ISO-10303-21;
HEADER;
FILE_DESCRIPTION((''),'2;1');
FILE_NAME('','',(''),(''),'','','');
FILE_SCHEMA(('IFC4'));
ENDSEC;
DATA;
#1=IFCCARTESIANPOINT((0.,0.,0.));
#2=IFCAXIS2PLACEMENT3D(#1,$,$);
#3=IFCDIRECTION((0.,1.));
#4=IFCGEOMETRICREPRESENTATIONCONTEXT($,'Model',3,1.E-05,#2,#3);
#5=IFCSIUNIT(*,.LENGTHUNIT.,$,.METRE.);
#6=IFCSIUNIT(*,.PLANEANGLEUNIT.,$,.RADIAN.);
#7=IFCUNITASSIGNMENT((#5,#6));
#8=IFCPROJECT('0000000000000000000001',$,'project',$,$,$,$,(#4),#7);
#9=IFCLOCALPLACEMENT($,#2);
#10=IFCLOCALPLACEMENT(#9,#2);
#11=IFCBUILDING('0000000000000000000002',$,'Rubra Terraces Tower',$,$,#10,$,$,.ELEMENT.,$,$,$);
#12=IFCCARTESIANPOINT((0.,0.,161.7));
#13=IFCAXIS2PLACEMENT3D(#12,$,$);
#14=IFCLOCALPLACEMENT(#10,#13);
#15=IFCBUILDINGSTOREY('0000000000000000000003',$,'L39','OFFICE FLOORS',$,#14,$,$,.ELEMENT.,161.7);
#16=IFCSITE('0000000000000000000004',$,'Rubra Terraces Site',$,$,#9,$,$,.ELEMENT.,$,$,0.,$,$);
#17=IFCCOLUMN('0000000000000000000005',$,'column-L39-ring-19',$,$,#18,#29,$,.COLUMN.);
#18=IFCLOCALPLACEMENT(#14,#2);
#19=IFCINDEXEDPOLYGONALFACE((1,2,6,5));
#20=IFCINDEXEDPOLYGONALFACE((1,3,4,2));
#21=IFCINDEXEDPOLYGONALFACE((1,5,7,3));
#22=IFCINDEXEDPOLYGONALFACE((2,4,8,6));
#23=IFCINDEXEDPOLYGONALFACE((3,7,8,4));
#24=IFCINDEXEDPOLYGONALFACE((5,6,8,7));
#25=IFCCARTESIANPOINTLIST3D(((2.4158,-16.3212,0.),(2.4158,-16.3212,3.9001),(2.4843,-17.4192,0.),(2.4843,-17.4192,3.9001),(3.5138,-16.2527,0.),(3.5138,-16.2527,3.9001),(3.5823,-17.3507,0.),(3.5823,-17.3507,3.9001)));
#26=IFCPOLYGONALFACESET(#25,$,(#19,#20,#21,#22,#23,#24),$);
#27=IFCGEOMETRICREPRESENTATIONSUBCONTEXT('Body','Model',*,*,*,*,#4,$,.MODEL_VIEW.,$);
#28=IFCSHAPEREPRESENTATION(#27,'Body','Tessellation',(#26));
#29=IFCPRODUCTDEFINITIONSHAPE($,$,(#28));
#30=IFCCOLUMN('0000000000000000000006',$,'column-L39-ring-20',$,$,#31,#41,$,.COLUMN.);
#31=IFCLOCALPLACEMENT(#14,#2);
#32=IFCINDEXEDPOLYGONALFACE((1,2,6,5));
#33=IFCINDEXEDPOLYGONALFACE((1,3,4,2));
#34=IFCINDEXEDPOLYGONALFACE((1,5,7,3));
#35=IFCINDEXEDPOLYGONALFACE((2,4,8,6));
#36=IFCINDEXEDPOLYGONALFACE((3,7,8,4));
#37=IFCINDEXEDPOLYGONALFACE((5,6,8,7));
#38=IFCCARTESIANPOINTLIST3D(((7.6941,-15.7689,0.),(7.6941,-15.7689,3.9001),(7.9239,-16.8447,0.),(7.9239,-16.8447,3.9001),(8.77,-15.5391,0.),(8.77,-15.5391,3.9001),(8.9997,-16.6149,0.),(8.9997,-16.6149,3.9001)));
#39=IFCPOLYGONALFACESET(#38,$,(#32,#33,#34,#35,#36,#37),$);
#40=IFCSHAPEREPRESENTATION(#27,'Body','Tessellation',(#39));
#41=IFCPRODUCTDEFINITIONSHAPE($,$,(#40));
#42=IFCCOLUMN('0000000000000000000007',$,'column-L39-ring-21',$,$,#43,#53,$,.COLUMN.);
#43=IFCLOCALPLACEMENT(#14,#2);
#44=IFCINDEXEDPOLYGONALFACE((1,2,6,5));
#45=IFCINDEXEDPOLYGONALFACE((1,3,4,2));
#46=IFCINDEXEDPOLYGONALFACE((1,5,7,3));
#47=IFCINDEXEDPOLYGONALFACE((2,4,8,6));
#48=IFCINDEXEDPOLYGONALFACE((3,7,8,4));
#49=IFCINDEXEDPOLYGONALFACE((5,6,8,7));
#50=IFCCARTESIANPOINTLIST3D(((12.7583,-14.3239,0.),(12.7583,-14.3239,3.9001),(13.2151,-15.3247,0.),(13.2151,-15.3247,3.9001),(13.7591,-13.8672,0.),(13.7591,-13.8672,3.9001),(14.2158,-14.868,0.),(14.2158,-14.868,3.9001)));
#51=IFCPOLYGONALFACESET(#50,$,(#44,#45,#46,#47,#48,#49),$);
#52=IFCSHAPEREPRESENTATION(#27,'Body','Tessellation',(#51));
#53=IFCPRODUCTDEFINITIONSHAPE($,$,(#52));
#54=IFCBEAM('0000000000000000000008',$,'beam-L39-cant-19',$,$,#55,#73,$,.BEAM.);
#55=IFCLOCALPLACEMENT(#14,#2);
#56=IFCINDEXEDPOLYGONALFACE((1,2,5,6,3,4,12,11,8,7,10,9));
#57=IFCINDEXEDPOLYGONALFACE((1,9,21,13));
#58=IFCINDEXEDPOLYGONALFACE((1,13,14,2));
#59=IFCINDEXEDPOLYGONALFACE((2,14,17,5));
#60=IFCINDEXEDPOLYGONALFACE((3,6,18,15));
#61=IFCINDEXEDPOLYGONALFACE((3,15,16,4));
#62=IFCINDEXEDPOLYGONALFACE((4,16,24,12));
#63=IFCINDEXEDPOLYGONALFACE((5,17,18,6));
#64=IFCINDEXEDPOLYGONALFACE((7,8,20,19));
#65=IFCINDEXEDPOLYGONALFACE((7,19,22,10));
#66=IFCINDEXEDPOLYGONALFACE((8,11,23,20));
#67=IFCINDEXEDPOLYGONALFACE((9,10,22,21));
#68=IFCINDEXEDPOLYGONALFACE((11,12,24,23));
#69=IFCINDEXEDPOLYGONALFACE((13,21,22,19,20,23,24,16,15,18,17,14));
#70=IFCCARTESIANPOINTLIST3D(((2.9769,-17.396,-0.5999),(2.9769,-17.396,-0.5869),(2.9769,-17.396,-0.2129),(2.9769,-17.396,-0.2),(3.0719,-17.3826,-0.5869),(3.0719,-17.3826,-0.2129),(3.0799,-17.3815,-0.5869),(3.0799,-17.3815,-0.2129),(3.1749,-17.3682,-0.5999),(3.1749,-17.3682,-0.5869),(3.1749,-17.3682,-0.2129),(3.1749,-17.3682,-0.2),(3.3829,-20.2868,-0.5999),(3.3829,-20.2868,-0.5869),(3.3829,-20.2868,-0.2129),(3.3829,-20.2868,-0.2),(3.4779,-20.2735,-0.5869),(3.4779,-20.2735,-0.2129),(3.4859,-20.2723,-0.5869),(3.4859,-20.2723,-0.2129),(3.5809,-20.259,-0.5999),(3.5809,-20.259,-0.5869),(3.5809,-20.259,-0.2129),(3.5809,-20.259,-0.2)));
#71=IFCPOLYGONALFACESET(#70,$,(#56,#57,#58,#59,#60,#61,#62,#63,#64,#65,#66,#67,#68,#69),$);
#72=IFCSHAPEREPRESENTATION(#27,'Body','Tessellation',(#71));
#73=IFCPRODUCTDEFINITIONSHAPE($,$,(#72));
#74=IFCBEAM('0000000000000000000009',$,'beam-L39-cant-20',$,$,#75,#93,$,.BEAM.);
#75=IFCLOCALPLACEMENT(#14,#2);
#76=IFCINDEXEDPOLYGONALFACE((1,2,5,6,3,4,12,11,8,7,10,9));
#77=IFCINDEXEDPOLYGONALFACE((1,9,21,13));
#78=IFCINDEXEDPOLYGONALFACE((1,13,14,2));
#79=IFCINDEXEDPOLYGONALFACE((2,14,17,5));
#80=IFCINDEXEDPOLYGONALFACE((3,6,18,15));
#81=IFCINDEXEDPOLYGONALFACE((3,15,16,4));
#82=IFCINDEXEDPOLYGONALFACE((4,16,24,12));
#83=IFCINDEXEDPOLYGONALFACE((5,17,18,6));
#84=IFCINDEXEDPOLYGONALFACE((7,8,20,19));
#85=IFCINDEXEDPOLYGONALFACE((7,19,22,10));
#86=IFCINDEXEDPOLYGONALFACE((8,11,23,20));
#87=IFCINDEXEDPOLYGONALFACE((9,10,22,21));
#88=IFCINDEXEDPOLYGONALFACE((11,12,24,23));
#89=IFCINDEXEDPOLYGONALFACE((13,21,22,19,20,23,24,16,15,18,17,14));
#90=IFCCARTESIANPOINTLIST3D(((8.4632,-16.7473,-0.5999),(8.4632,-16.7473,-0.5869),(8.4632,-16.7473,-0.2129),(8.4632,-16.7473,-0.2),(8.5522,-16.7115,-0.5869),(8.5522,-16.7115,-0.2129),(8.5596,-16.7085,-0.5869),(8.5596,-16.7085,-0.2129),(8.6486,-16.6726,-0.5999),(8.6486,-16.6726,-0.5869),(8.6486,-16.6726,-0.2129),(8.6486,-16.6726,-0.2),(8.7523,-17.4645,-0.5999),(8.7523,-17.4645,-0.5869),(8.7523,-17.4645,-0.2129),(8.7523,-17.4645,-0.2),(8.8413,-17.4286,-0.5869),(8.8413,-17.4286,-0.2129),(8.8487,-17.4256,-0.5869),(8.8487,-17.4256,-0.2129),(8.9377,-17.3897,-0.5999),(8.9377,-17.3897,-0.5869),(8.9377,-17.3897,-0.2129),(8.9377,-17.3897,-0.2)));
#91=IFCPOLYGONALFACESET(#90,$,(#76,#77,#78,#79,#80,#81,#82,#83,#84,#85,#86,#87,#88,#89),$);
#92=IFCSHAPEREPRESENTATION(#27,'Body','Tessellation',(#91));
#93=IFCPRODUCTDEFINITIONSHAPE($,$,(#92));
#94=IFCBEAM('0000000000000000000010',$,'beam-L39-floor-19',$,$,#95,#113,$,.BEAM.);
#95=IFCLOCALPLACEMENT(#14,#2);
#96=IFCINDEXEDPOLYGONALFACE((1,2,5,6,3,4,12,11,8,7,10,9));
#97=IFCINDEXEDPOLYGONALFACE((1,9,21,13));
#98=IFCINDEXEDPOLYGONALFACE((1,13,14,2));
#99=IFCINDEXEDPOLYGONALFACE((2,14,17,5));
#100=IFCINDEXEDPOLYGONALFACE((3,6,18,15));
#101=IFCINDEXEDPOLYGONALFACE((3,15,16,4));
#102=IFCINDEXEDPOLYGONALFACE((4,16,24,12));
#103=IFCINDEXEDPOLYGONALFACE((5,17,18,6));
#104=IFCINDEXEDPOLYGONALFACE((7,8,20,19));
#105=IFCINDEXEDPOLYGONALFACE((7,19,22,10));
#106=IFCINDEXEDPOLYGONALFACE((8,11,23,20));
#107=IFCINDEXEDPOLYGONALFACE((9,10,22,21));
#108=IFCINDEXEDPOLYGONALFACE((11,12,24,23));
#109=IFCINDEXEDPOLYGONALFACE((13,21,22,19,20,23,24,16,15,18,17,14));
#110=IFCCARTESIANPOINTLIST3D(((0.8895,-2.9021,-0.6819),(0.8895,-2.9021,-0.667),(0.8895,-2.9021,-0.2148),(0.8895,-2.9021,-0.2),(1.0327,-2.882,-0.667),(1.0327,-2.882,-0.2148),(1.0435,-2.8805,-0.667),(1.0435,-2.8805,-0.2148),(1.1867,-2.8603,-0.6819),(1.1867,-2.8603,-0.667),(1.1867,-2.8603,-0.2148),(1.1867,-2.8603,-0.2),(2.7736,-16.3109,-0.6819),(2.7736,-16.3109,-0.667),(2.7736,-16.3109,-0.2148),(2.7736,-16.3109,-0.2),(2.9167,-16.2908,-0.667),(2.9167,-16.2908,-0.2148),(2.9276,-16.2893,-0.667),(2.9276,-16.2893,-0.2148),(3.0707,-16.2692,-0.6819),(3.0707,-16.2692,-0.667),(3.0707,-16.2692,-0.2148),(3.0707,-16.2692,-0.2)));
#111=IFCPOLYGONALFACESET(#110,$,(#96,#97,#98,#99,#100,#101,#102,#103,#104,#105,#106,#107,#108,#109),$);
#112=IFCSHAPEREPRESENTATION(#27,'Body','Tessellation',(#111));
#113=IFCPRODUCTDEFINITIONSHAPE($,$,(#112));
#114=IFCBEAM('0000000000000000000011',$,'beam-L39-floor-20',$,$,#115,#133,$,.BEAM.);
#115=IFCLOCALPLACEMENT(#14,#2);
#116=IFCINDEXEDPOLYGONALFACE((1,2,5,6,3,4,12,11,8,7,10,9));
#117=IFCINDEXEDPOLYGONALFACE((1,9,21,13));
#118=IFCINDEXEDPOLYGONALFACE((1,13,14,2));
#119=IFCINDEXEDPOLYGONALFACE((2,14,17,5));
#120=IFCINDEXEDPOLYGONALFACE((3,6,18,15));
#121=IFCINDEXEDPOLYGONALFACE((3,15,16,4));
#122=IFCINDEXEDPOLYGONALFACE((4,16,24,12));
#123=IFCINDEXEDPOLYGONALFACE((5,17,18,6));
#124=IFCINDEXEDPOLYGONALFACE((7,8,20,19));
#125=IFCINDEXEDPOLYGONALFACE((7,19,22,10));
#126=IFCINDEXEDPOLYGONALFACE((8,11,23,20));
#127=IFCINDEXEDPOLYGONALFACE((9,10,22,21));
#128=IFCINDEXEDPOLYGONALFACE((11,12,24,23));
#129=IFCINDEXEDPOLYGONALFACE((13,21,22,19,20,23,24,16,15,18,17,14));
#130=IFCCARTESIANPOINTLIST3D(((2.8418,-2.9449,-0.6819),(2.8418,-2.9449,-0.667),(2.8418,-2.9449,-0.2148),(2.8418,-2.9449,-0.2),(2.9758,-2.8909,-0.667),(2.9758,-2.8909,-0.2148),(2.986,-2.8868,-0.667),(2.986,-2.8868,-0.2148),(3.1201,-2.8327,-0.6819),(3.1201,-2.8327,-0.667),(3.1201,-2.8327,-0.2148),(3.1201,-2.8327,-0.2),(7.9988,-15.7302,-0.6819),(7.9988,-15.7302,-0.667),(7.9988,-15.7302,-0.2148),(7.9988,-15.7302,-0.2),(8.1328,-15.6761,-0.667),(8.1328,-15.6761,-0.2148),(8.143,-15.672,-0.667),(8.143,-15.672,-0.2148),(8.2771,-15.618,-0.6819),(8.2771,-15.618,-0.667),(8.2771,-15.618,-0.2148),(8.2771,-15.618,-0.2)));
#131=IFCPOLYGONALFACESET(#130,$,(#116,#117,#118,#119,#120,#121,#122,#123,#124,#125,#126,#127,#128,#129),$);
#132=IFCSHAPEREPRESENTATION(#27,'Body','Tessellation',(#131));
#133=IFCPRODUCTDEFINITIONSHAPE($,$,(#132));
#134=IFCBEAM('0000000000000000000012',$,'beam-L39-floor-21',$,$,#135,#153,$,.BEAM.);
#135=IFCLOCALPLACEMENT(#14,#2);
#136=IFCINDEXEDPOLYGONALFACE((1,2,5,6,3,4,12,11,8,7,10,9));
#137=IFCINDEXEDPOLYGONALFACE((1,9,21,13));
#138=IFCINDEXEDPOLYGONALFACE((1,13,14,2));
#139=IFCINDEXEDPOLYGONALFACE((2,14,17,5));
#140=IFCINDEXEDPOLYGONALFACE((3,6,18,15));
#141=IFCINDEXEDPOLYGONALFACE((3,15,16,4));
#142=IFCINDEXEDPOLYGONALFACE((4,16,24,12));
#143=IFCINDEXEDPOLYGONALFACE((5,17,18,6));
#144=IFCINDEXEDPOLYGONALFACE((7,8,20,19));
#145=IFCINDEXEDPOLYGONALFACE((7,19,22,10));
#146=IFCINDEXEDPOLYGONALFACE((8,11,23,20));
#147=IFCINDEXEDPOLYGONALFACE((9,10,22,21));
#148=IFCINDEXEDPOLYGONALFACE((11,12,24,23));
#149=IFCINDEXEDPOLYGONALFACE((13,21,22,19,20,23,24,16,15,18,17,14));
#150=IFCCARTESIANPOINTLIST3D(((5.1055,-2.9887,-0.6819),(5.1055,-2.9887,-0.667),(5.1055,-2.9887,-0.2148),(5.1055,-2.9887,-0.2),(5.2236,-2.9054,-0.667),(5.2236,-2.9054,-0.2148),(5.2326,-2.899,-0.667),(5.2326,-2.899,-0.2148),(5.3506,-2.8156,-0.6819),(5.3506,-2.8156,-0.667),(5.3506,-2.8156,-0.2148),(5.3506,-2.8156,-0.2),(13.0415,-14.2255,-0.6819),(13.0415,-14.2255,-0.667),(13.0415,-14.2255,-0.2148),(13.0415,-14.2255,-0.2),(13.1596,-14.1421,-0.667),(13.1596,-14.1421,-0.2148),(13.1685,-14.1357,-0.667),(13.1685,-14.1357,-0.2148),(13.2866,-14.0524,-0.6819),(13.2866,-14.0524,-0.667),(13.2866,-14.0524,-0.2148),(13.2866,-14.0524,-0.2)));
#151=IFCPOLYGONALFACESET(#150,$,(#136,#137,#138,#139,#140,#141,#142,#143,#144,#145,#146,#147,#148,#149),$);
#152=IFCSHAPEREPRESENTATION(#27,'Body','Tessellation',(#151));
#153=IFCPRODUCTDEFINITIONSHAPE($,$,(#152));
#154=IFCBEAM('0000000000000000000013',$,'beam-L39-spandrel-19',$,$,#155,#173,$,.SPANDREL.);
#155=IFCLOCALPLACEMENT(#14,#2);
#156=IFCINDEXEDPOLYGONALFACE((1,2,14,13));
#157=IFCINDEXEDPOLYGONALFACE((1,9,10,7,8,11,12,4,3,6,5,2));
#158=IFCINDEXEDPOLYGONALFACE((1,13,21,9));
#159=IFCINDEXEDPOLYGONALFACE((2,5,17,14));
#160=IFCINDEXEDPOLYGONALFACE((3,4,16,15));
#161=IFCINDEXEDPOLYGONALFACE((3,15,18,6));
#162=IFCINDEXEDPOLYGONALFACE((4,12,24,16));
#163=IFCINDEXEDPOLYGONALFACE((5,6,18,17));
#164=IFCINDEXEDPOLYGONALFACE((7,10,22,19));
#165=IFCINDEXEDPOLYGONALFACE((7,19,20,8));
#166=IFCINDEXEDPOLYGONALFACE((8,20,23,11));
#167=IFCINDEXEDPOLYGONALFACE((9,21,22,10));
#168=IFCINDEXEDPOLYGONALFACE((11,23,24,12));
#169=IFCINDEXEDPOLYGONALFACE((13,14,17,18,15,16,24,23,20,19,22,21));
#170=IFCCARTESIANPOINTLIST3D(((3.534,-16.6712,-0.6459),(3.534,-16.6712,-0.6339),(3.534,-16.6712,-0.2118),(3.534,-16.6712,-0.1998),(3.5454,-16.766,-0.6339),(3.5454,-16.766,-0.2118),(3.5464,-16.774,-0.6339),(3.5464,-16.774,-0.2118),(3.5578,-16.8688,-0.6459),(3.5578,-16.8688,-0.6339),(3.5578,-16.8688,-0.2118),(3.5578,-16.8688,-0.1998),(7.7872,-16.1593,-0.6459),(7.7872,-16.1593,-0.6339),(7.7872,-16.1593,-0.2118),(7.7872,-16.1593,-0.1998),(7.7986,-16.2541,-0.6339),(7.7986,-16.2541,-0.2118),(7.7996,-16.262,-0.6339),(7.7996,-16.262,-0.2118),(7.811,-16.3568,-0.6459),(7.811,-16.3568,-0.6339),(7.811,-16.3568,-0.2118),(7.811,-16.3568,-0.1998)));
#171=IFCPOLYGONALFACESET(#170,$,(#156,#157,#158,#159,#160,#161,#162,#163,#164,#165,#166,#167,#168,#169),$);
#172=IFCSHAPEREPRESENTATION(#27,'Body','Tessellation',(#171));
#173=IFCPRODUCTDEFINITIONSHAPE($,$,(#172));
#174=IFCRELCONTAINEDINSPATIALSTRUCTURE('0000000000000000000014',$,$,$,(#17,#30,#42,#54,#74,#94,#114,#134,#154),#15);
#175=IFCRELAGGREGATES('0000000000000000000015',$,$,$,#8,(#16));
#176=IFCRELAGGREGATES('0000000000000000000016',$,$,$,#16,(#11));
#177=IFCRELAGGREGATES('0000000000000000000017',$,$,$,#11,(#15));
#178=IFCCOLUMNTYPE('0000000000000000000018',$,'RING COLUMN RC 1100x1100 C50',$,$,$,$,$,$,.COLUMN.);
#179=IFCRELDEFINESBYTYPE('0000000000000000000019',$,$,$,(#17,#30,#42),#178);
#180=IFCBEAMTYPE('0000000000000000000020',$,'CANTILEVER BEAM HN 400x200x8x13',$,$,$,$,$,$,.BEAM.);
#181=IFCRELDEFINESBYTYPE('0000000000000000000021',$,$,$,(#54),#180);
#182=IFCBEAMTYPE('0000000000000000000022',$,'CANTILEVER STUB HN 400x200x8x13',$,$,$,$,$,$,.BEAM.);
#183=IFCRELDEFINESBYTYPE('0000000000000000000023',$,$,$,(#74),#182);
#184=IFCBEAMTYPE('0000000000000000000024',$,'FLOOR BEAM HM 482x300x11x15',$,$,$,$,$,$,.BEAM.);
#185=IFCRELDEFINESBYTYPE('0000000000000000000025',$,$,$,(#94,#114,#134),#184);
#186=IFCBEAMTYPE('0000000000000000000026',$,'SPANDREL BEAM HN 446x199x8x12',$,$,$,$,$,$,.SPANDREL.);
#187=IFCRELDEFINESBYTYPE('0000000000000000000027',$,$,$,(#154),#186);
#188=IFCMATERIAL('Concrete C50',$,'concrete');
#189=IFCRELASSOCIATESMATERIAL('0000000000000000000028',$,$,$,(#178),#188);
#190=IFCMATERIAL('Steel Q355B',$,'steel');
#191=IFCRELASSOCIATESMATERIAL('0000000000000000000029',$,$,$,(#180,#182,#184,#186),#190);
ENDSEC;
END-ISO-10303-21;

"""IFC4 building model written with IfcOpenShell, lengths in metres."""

from ifc_helpers import new_model, si_unit, direction, frame, origin, origin_2d, place, context, subcontext, project, spatial, rectangle, i_section, extrude, material, material_profile, profile_set, type_object, element, save


model = new_model("IFC4")

# Units and contexts
model_context = context("Model", 3, precision=1e-05, world=origin(), true_north=direction((0.0, 1.0)))
body_context = subcontext(model_context, "Body", "Model", "MODEL_VIEW")
ifc_project = project(units=[si_unit("LENGTHUNIT", "METRE"), si_unit("PLANEANGLEUNIT", "RADIAN")], contexts=[model_context])

# Site, building, storey
site_placement = place(None, origin())
site = spatial("IfcSite", under=ifc_project, at=site_placement, Name="Rubra Terraces Site", CompositionType="ELEMENT", RefElevation=0.0)
building_placement = place(site_placement, origin())
building = spatial("IfcBuilding", under=site, at=building_placement, Name="Rubra Terraces Tower", CompositionType="ELEMENT")
storey_placement = place(building_placement, frame((0.0, 0.0, 161.7)))
storey = spatial("IfcBuildingStorey", under=building, at=storey_placement, Name="L39", Description="OFFICE FLOORS", CompositionType="ELEMENT", Elevation=161.7)

# Columns
ifc_material_1 = material(Name="Concrete C50", Category="concrete")
ifc_material_profile_1 = material_profile(ifc_material_1, rectangle(XDim=1.1001, YDim=1.1001, at=origin_2d()), Name="RC 1100x1100")
ifc_profile_set_1 = profile_set([ifc_material_profile_1], Name="Concrete C50")
column_type = type_object("IfcColumnType", Name="RING COLUMN RC 1100x1100 C50", PredefinedType="COLUMN", material=ifc_profile_set_1)
for number, where, z_axis, x_axis, name in (
    (1, (2.999, -16.8359, 0.0), (0.0, 0.0, 1.0), (0.998059, 0.062268, 0.0), "column-L39-ring-19"),
    (2, (8.3469, -16.1919, 0.0), (0.0, 0.0, 1.0), (0.977944, 0.208867, 0.0), "column-L39-ring-20"),
    (3, (13.4871, -14.5959, 0.0), (0.0, 0.0, 1.0), (0.909726, 0.415208, 0.0), "column-L39-ring-21"),
):
    element("IfcColumn", number, at=place(storey_placement, frame(where, z_axis=z_axis, x_axis=x_axis)), inside=storey, type_object=column_type, Name=name, PredefinedType="COLUMN", context=body_context, shape_type="SweptSolid", body=[
        extrude(rectangle(XDim=1.1001, YDim=1.1001, at=origin_2d()), origin(), (0.0, 0.0, 1.0), 3.9001),
    ])

# Beams
ifc_material_2 = material(Name="Steel Q355B", Category="steel")
ifc_material_profile_2 = material_profile(ifc_material_2, i_section(OverallWidth=0.2, OverallDepth=0.3999, WebThickness=0.0081, FlangeThickness=0.0129, at=origin_2d()), Name="HN 400x200x8x13")
ifc_profile_set_2 = profile_set([ifc_material_profile_2], Name="Steel Q355B")
beam_type_1 = type_object("IfcBeamType", Name="CANTILEVER BEAM HN 400x200x8x13", PredefinedType="BEAM", material=ifc_profile_set_2)
beam_1_placement = place(storey_placement, frame((3.0759, -17.3821, -0.3999), z_axis=(0.139079, -0.990281, 0.0), x_axis=(0.990281, 0.139079, 0.0)))
element("IfcBeam", 4, at=beam_1_placement, inside=storey, type_object=beam_type_1, Name="beam-L39-cant-19", PredefinedType="BEAM", context=body_context, shape_type="SweptSolid", body=[
    extrude(i_section(OverallWidth=0.2, OverallDepth=0.3999, WebThickness=0.0081, FlangeThickness=0.0129, at=origin_2d()), origin(), (0.0, 0.0, 1.0), 2.9192),
])
ifc_material_profile_3 = material_profile(ifc_material_2, i_section(OverallWidth=0.2, OverallDepth=0.3999, WebThickness=0.0081, FlangeThickness=0.0129, at=origin_2d()), Name="HN 400x200x8x13")
ifc_profile_set_3 = profile_set([ifc_material_profile_3], Name="Steel Q355B")
beam_type_2 = type_object("IfcBeamType", Name="CANTILEVER STUB HN 400x200x8x13", PredefinedType="BEAM", material=ifc_profile_set_3)
beam_2_placement = place(storey_placement, frame((8.5559, -16.71, -0.3999), z_axis=(0.373894, -0.927472, 0.0), x_axis=(0.927472, 0.373894, 0.0)))
element("IfcBeam", 5, at=beam_2_placement, inside=storey, type_object=beam_type_2, Name="beam-L39-cant-20", PredefinedType="BEAM", context=body_context, shape_type="SweptSolid", body=[
    extrude(i_section(OverallWidth=0.2, OverallDepth=0.3999, WebThickness=0.0081, FlangeThickness=0.0129, at=origin_2d()), origin(), (0.0, 0.0, 1.0), 0.7732),
])
ifc_material_profile_4 = material_profile(ifc_material_2, i_section(OverallWidth=0.3, OverallDepth=0.4819, WebThickness=0.011, FlangeThickness=0.0149, at=origin_2d()), Name="HM 482x300x11x15")
ifc_profile_set_4 = profile_set([ifc_material_profile_4], Name="Steel Q355B")
beam_type_3 = type_object("IfcBeamType", Name="FLOOR BEAM HM 482x300x11x15", PredefinedType="BEAM", material=ifc_profile_set_4)
beam_3_placement = place(storey_placement, frame((2.9221, -16.29, -0.4409), z_axis=(-0.139139, 0.990273, 0.0), x_axis=(-0.990273, -0.139139, 0.0)))
element("IfcBeam", 6, at=beam_3_placement, inside=storey, type_object=beam_type_3, Name="beam-L39-floor-19", PredefinedType="BEAM", context=body_context, shape_type="SweptSolid", body=[
    extrude(i_section(OverallWidth=0.3, OverallDepth=0.4819, WebThickness=0.011, FlangeThickness=0.0149, at=origin_2d()), origin(), (0.0, 0.0, 1.0), 13.5405),
])
beam_4_placement = place(storey_placement, frame((8.1379, -15.6741, -0.4409), z_axis=(-0.374073, 0.927399, 0.0), x_axis=(-0.927399, -0.374073, 0.0)))
element("IfcBeam", 7, at=beam_4_placement, inside=storey, type_object=beam_type_3, Name="beam-L39-floor-20", PredefinedType="BEAM", context=body_context, shape_type="SweptSolid", body=[
    extrude(i_section(OverallWidth=0.3, OverallDepth=0.4819, WebThickness=0.011, FlangeThickness=0.0149, at=origin_2d()), origin(), (0.0, 0.0, 1.0), 13.7861),
])
beam_5_placement = place(storey_placement, frame((13.1641, -14.1389, -0.4409), z_axis=(-0.576885, 0.816825, 0.0), x_axis=(-0.816825, -0.576885, 0.0)))
element("IfcBeam", 8, at=beam_5_placement, inside=storey, type_object=beam_type_3, Name="beam-L39-floor-21", PredefinedType="BEAM", context=body_context, shape_type="SweptSolid", body=[
    extrude(i_section(OverallWidth=0.3, OverallDepth=0.4819, WebThickness=0.011, FlangeThickness=0.0149, at=origin_2d()), origin(), (0.0, 0.0, 1.0), 13.7566),
])
ifc_material_profile_5 = material_profile(ifc_material_2, i_section(OverallWidth=0.199, OverallDepth=0.446, WebThickness=0.0081, FlangeThickness=0.012, at=origin_2d()), Name="HN 446x199x8x12")
ifc_profile_set_5 = profile_set([ifc_material_profile_5], Name="Steel Q355B")
beam_type_4 = type_object("IfcBeamType", Name="SPANDREL BEAM HN 446x199x8x12", PredefinedType="SPANDREL", material=ifc_profile_set_5)
beam_6_placement = place(storey_placement, frame((3.5459, -16.77, -0.4229), z_axis=(0.992833, 0.119509, 0.0), x_axis=(-0.119509, 0.992833, 0.0)))
element("IfcBeam", 9, at=beam_6_placement, inside=storey, type_object=beam_type_4, Name="beam-L39-spandrel-19", PredefinedType="SPANDREL", context=body_context, shape_type="SweptSolid", body=[
    extrude(i_section(OverallWidth=0.199, OverallDepth=0.446, WebThickness=0.0081, FlangeThickness=0.012, at=origin_2d()), origin(), (0.0, 0.0, 1.0), 4.2839),
])

save(model, "model.ifc")
